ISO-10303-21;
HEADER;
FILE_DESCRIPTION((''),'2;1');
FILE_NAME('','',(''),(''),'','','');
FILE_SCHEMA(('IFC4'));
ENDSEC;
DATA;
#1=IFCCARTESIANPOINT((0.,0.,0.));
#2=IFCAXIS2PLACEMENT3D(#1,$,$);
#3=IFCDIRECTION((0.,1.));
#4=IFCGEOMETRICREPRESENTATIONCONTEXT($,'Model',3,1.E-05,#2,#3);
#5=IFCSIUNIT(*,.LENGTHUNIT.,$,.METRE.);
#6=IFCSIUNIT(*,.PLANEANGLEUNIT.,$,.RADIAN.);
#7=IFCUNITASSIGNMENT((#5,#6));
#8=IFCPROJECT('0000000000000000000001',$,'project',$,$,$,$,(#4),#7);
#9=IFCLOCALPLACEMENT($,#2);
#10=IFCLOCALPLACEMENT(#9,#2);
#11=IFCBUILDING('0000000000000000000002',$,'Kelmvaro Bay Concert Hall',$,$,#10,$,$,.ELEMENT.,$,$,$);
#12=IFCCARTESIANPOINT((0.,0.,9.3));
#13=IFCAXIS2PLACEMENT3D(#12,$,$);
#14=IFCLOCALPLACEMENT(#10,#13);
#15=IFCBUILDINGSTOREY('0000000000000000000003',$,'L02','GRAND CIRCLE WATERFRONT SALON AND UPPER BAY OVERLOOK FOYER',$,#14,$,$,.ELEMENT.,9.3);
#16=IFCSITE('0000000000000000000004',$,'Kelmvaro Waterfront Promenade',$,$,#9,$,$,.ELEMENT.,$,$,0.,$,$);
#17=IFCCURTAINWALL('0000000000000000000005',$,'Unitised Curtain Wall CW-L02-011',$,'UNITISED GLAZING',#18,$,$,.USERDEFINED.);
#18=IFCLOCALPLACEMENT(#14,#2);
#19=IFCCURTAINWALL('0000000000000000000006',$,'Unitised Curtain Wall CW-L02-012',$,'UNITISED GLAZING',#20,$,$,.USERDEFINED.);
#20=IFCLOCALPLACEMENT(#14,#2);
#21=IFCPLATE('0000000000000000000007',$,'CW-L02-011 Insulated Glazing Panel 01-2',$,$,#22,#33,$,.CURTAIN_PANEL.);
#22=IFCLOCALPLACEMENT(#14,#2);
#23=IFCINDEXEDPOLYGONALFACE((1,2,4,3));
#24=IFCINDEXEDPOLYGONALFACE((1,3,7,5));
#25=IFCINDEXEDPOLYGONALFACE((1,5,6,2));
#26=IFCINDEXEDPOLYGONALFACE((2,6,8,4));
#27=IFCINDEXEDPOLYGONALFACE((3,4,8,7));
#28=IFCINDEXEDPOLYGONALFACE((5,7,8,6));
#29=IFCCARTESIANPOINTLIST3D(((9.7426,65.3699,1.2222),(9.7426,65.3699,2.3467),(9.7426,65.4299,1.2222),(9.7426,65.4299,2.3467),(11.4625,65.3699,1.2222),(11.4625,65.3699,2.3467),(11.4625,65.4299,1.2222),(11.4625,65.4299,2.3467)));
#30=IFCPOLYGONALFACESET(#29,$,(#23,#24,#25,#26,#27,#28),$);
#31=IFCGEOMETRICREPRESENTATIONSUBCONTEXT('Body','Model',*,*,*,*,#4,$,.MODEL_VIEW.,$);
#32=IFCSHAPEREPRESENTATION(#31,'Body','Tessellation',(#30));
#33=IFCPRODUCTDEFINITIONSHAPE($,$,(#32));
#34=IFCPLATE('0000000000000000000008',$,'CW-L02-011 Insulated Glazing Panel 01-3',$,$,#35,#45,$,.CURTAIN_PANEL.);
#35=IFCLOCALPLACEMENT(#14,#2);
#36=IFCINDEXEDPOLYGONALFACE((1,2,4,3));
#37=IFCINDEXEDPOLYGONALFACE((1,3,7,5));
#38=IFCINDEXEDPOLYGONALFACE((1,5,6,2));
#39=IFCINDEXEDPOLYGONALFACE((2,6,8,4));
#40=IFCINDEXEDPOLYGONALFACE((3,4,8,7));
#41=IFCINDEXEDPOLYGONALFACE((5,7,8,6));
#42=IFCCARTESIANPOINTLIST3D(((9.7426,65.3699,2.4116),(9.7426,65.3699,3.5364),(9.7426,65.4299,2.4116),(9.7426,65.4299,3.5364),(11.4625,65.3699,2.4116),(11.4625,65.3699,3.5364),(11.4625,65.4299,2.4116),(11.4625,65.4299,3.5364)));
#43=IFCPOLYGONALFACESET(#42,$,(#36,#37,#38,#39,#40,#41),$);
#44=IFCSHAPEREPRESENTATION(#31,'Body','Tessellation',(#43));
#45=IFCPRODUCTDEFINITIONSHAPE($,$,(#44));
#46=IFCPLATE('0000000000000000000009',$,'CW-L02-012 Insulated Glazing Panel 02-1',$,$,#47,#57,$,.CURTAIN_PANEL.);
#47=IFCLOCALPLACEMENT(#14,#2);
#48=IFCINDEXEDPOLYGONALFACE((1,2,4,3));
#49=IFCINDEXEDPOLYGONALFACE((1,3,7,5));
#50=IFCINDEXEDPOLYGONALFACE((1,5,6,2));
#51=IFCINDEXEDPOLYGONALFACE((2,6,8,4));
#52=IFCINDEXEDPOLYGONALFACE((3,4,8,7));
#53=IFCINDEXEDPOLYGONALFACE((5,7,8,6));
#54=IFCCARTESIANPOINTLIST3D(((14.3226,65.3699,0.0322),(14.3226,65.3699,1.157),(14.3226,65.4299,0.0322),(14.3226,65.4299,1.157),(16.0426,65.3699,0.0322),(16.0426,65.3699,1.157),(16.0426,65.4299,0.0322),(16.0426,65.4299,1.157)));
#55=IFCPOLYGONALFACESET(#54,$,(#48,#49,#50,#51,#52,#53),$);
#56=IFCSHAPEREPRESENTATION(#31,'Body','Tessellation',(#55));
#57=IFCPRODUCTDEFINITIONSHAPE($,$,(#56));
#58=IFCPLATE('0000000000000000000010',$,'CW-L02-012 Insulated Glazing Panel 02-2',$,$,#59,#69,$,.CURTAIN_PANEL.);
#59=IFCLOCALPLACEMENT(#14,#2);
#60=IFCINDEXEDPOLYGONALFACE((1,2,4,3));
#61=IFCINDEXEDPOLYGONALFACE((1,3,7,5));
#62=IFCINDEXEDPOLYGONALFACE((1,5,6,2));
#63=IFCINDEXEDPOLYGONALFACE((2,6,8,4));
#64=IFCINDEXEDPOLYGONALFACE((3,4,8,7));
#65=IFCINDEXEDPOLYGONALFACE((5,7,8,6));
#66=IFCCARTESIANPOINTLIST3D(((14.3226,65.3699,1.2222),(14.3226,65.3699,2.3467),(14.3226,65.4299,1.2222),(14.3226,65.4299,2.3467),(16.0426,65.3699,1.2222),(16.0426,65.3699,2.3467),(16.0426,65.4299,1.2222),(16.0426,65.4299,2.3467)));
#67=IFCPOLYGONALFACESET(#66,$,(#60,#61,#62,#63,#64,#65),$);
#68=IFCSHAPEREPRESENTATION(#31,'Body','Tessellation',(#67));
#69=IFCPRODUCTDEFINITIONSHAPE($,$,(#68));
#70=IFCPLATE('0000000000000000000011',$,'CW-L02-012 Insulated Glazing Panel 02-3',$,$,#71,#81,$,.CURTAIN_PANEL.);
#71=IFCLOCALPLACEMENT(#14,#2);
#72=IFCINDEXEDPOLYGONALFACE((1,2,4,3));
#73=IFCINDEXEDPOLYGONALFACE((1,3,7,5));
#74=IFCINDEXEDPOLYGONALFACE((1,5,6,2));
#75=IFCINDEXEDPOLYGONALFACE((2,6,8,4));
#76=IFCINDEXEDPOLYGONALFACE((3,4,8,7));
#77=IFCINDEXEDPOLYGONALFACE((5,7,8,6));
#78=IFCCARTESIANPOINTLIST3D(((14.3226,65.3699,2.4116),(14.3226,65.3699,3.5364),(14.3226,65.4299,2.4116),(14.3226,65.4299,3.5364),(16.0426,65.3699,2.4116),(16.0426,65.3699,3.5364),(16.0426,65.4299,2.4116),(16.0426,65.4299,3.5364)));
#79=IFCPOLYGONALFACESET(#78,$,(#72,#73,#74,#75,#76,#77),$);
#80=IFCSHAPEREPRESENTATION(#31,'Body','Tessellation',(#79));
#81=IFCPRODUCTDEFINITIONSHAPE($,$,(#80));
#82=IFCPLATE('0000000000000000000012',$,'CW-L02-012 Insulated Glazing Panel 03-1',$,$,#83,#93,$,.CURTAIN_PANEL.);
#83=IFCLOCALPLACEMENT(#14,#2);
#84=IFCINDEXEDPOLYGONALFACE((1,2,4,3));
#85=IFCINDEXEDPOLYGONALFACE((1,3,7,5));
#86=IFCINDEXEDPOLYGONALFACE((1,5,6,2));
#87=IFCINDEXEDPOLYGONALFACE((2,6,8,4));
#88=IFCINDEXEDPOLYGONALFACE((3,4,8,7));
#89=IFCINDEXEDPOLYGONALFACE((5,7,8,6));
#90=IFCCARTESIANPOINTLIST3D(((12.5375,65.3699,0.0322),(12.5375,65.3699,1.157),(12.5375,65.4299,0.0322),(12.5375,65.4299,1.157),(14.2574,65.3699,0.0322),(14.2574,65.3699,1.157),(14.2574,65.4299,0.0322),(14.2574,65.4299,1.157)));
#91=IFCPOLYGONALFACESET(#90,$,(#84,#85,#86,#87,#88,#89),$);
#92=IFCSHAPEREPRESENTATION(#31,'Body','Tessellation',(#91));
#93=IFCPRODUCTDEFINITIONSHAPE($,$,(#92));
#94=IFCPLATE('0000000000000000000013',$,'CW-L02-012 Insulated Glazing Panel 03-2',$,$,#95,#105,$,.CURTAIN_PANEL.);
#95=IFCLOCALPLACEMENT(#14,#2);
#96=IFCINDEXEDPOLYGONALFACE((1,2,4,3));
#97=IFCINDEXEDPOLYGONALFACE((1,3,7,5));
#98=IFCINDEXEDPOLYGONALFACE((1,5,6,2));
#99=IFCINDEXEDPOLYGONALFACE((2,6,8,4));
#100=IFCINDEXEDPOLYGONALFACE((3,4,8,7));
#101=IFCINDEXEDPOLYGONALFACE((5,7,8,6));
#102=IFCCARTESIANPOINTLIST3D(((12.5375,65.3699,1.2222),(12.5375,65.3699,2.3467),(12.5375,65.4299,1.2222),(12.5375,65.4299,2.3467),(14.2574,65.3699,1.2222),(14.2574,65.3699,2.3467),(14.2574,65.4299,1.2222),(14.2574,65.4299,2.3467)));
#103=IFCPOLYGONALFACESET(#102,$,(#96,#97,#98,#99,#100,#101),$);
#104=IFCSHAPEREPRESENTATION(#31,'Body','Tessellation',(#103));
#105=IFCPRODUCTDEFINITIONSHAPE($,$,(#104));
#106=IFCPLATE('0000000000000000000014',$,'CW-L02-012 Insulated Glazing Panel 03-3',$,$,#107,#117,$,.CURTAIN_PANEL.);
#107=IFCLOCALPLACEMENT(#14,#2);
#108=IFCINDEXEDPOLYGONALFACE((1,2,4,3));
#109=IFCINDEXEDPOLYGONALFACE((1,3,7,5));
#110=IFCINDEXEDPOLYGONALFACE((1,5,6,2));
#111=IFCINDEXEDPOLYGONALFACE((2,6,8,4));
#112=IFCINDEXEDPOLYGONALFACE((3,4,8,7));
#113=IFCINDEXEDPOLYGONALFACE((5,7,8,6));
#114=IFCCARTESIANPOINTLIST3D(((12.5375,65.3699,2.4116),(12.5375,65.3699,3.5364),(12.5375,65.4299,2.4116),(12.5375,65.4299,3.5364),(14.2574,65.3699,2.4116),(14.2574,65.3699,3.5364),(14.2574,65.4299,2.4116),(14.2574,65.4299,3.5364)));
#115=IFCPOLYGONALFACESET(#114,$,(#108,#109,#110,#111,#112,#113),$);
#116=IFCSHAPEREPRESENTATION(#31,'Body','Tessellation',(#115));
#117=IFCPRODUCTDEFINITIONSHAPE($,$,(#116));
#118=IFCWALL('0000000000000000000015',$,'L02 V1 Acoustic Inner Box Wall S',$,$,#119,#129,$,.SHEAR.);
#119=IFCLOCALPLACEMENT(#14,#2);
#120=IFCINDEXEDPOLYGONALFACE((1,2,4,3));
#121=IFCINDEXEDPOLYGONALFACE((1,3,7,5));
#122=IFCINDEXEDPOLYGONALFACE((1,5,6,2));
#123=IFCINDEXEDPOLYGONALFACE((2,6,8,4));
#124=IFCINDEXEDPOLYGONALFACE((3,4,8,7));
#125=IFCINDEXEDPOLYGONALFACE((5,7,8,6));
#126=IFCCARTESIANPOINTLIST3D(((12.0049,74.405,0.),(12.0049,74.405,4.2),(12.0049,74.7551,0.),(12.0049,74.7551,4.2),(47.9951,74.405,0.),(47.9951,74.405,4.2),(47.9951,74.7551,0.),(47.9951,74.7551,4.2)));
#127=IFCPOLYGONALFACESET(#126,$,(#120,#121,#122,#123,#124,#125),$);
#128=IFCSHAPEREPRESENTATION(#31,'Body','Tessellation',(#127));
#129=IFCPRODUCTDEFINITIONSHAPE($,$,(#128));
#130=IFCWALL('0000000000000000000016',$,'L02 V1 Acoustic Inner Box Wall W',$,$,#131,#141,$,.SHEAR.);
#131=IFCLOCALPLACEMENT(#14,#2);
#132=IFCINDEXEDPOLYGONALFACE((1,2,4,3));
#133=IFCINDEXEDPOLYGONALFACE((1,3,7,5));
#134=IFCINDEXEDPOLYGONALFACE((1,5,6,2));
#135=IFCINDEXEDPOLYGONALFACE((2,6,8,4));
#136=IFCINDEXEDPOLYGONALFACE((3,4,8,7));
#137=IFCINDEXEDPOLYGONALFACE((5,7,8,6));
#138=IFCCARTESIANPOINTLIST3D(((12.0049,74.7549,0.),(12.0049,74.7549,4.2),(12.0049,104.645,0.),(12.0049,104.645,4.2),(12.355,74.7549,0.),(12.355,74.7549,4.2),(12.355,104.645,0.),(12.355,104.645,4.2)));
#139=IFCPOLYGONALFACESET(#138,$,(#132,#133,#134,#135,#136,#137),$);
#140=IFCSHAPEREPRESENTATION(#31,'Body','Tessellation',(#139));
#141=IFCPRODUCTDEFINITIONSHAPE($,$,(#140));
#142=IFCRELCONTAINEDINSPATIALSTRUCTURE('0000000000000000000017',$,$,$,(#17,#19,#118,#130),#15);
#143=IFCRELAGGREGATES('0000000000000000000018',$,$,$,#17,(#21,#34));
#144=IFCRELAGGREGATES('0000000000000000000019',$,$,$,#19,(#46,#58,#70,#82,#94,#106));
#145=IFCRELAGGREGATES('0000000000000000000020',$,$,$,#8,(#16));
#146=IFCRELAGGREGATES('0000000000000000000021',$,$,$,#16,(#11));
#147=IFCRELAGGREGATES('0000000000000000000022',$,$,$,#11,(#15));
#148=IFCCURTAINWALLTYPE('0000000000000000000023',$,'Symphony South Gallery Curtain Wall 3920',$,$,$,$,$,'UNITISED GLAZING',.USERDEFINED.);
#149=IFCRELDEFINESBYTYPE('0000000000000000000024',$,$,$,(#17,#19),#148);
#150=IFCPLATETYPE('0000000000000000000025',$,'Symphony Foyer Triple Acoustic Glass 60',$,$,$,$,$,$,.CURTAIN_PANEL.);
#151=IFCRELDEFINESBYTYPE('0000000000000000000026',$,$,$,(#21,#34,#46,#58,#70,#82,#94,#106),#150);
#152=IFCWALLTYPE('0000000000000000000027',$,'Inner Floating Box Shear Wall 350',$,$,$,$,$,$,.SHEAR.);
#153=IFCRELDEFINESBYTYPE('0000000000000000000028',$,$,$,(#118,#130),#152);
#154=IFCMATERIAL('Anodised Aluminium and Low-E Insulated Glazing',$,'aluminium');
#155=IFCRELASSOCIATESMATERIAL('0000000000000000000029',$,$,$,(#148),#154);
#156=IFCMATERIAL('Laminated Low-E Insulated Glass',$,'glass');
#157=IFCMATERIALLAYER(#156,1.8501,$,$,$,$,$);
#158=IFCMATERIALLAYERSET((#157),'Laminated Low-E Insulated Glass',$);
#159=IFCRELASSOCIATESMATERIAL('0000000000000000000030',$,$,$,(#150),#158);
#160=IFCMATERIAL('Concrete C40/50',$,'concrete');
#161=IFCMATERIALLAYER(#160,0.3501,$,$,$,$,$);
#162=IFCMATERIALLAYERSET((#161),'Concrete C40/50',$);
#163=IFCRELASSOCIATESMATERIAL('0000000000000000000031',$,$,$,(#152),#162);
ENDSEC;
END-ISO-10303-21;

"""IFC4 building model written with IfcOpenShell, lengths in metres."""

from ifc_helpers import new_model, si_unit, direction, frame, frame_2d, origin, origin_2d, place, context, subcontext, project, spatial, rectangle, extrude, material, layer, layer_set, type_object, element, aggregate, save


model = new_model("IFC4")

# Units and contexts
model_context = context("Model", 3, precision=1e-05, world=origin(), true_north=direction((0.0, 1.0)))
body_context = subcontext(model_context, "Body", "Model", "MODEL_VIEW")
ifc_project = project(units=[si_unit("LENGTHUNIT", "METRE"), si_unit("PLANEANGLEUNIT", "RADIAN")], contexts=[model_context])

# Site, building, storey
site_placement = place(None, origin())
site = spatial("IfcSite", under=ifc_project, at=site_placement, Name="Kelmvaro Waterfront Promenade", CompositionType="ELEMENT", RefElevation=0.0)
building_placement = place(site_placement, origin())
building = spatial("IfcBuilding", under=site, at=building_placement, Name="Kelmvaro Bay Concert Hall", CompositionType="ELEMENT")
storey_placement = place(building_placement, frame((0.0, 0.0, 9.3)))
storey = spatial("IfcBuildingStorey", under=building, at=storey_placement, Name="L02", Description="GRAND CIRCLE WATERFRONT SALON AND UPPER BAY OVERLOOK FOYER", CompositionType="ELEMENT", Elevation=9.3)

# Curtain wall
ifc_material_1 = material(Name="Anodised Aluminium and Low-E Insulated Glazing", Category="aluminium")
curtain_wall_type = type_object("IfcCurtainWallType", Name="Symphony South Gallery Curtain Wall 3920", ElementType="UNITISED GLAZING", PredefinedType="USERDEFINED", material=ifc_material_1)
curtain_wall_1_placement = place(storey_placement, origin())
curtain_wall_1 = element("IfcCurtainWall", 1, at=curtain_wall_1_placement, inside=storey, type_object=curtain_wall_type, Name="Unitised Curtain Wall CW-L02-011", ObjectType="UNITISED GLAZING", PredefinedType="USERDEFINED")

# Curtain wall
curtain_wall_2_placement = place(storey_placement, origin())
curtain_wall_2 = element("IfcCurtainWall", 2, at=curtain_wall_2_placement, inside=storey, type_object=curtain_wall_type, Name="Unitised Curtain Wall CW-L02-012", ObjectType="UNITISED GLAZING", PredefinedType="USERDEFINED")

# Plates
ifc_material_2 = material(Name="Laminated Low-E Insulated Glass", Category="glass")
ifc_layer_1 = layer(ifc_material_2, 1.8501)
ifc_layer_set_1 = layer_set([ifc_layer_1], Name="Laminated Low-E Insulated Glass")
plate_type = type_object("IfcPlateType", Name="Symphony Foyer Triple Acoustic Glass 60", PredefinedType="CURTAIN_PANEL", material=ifc_layer_set_1)
plate_1_placement = place(storey_placement, frame((10.6025, 65.3999, 1.2222), z_axis=(0.0, 0.0, 1.0), x_axis=(-1.0, 0.0, 0.0)))
plate_1 = element("IfcPlate", 3, at=plate_1_placement, type_object=plate_type, Name="CW-L02-011 Insulated Glazing Panel 01-2", PredefinedType="CURTAIN_PANEL", context=body_context, shape_type="SweptSolid", body=[
    extrude(rectangle(XDim=1.72, YDim=0.0601, at=origin_2d()), origin(), (0.0, 0.0, 1.0), 1.1245),
])
plate_2_placement = place(storey_placement, frame((10.6025, 65.3999, 2.4116), z_axis=(0.0, 0.0, 1.0), x_axis=(-1.0, 0.0, 0.0)))
plate_2 = element("IfcPlate", 4, at=plate_2_placement, type_object=plate_type, Name="CW-L02-011 Insulated Glazing Panel 01-3", PredefinedType="CURTAIN_PANEL", context=body_context, shape_type="SweptSolid", body=[
    extrude(rectangle(XDim=1.72, YDim=0.0601, at=origin_2d()), origin(), (0.0, 0.0, 1.0), 1.1248),
])
aggregate(curtain_wall_1, [plate_1, plate_2])
plate_3_placement = place(storey_placement, frame((15.1826, 65.3999, 0.0322), z_axis=(0.0, 0.0, 1.0), x_axis=(-1.0, 0.0, 0.0)))
plate_3 = element("IfcPlate", 5, at=plate_3_placement, type_object=plate_type, Name="CW-L02-012 Insulated Glazing Panel 02-1", PredefinedType="CURTAIN_PANEL", context=body_context, shape_type="SweptSolid", body=[
    extrude(rectangle(XDim=1.72, YDim=0.0601, at=origin_2d()), origin(), (0.0, 0.0, 1.0), 1.1248),
])
plate_4_placement = place(storey_placement, frame((15.1826, 65.3999, 1.2222), z_axis=(0.0, 0.0, 1.0), x_axis=(-1.0, 0.0, 0.0)))
plate_4 = element("IfcPlate", 6, at=plate_4_placement, type_object=plate_type, Name="CW-L02-012 Insulated Glazing Panel 02-2", PredefinedType="CURTAIN_PANEL", context=body_context, shape_type="SweptSolid", body=[
    extrude(rectangle(XDim=1.72, YDim=0.0601, at=origin_2d()), origin(), (0.0, 0.0, 1.0), 1.1245),
])
plate_5_placement = place(storey_placement, frame((15.1826, 65.3999, 2.4116), z_axis=(0.0, 0.0, 1.0), x_axis=(-1.0, 0.0, 0.0)))
plate_5 = element("IfcPlate", 7, at=plate_5_placement, type_object=plate_type, Name="CW-L02-012 Insulated Glazing Panel 02-3", PredefinedType="CURTAIN_PANEL", context=body_context, shape_type="SweptSolid", body=[
    extrude(rectangle(XDim=1.72, YDim=0.0601, at=origin_2d()), origin(), (0.0, 0.0, 1.0), 1.1248),
])
plate_6_placement = place(storey_placement, frame((13.3975, 65.3999, 0.0322), z_axis=(0.0, 0.0, 1.0), x_axis=(-1.0, 0.0, 0.0)))
plate_6 = element("IfcPlate", 8, at=plate_6_placement, type_object=plate_type, Name="CW-L02-012 Insulated Glazing Panel 03-1", PredefinedType="CURTAIN_PANEL", context=body_context, shape_type="SweptSolid", body=[
    extrude(rectangle(XDim=1.72, YDim=0.0601, at=origin_2d()), origin(), (0.0, 0.0, 1.0), 1.1248),
])
plate_7_placement = place(storey_placement, frame((13.3975, 65.3999, 1.2222), z_axis=(0.0, 0.0, 1.0), x_axis=(-1.0, 0.0, 0.0)))
plate_7 = element("IfcPlate", 9, at=plate_7_placement, type_object=plate_type, Name="CW-L02-012 Insulated Glazing Panel 03-2", PredefinedType="CURTAIN_PANEL", context=body_context, shape_type="SweptSolid", body=[
    extrude(rectangle(XDim=1.72, YDim=0.0601, at=origin_2d()), origin(), (0.0, 0.0, 1.0), 1.1245),
])
plate_8_placement = place(storey_placement, frame((13.3975, 65.3999, 2.4116), z_axis=(0.0, 0.0, 1.0), x_axis=(-1.0, 0.0, 0.0)))
plate_8 = element("IfcPlate", 10, at=plate_8_placement, type_object=plate_type, Name="CW-L02-012 Insulated Glazing Panel 03-3", PredefinedType="CURTAIN_PANEL", context=body_context, shape_type="SweptSolid", body=[
    extrude(rectangle(XDim=1.72, YDim=0.0601, at=origin_2d()), origin(), (0.0, 0.0, 1.0), 1.1248),
])
aggregate(curtain_wall_2, [plate_3, plate_4, plate_5, plate_6, plate_7, plate_8])

# Walls
ifc_material_3 = material(Name="Concrete C40/50", Category="concrete")
ifc_layer_2 = layer(ifc_material_3, 0.3501)
ifc_layer_set_2 = layer_set([ifc_layer_2], Name="Concrete C40/50")
wall_type_1 = type_object("IfcWallType", Name="Inner Floating Box Shear Wall 350", PredefinedType="SHEAR", material=ifc_layer_set_2)
wall_1_placement = place(storey_placement, frame((12.0049, 74.5801, 0.0), z_axis=(0.0, 0.0, 1.0), x_axis=(1.0, 0.0, 0.0)))
element("IfcWall", 11, at=wall_1_placement, inside=storey, type_object=wall_type_1, Name="L02 V1 Acoustic Inner Box Wall S", PredefinedType="SHEAR", context=body_context, shape_type="SweptSolid", body=[
    extrude(rectangle(XDim=35.9902, YDim=0.3501, at=frame_2d((17.9951, 0.0))), origin(), (0.0, 0.0, 1.0), 4.2),
])
wall_2_placement = place(storey_placement, frame((12.1799, 74.7549, 0.0), z_axis=(0.0, 0.0, 1.0), x_axis=(0.0, 1.0, 0.0)))
element("IfcWall", 12, at=wall_2_placement, inside=storey, type_object=wall_type_1, Name="L02 V1 Acoustic Inner Box Wall W", PredefinedType="SHEAR", context=body_context, shape_type="SweptSolid", body=[
    extrude(rectangle(XDim=29.8901, YDim=0.3501, at=frame_2d((14.9451, 0.0))), origin(), (0.0, 0.0, 1.0), 4.2),
])

save(model, "model.ifc")
